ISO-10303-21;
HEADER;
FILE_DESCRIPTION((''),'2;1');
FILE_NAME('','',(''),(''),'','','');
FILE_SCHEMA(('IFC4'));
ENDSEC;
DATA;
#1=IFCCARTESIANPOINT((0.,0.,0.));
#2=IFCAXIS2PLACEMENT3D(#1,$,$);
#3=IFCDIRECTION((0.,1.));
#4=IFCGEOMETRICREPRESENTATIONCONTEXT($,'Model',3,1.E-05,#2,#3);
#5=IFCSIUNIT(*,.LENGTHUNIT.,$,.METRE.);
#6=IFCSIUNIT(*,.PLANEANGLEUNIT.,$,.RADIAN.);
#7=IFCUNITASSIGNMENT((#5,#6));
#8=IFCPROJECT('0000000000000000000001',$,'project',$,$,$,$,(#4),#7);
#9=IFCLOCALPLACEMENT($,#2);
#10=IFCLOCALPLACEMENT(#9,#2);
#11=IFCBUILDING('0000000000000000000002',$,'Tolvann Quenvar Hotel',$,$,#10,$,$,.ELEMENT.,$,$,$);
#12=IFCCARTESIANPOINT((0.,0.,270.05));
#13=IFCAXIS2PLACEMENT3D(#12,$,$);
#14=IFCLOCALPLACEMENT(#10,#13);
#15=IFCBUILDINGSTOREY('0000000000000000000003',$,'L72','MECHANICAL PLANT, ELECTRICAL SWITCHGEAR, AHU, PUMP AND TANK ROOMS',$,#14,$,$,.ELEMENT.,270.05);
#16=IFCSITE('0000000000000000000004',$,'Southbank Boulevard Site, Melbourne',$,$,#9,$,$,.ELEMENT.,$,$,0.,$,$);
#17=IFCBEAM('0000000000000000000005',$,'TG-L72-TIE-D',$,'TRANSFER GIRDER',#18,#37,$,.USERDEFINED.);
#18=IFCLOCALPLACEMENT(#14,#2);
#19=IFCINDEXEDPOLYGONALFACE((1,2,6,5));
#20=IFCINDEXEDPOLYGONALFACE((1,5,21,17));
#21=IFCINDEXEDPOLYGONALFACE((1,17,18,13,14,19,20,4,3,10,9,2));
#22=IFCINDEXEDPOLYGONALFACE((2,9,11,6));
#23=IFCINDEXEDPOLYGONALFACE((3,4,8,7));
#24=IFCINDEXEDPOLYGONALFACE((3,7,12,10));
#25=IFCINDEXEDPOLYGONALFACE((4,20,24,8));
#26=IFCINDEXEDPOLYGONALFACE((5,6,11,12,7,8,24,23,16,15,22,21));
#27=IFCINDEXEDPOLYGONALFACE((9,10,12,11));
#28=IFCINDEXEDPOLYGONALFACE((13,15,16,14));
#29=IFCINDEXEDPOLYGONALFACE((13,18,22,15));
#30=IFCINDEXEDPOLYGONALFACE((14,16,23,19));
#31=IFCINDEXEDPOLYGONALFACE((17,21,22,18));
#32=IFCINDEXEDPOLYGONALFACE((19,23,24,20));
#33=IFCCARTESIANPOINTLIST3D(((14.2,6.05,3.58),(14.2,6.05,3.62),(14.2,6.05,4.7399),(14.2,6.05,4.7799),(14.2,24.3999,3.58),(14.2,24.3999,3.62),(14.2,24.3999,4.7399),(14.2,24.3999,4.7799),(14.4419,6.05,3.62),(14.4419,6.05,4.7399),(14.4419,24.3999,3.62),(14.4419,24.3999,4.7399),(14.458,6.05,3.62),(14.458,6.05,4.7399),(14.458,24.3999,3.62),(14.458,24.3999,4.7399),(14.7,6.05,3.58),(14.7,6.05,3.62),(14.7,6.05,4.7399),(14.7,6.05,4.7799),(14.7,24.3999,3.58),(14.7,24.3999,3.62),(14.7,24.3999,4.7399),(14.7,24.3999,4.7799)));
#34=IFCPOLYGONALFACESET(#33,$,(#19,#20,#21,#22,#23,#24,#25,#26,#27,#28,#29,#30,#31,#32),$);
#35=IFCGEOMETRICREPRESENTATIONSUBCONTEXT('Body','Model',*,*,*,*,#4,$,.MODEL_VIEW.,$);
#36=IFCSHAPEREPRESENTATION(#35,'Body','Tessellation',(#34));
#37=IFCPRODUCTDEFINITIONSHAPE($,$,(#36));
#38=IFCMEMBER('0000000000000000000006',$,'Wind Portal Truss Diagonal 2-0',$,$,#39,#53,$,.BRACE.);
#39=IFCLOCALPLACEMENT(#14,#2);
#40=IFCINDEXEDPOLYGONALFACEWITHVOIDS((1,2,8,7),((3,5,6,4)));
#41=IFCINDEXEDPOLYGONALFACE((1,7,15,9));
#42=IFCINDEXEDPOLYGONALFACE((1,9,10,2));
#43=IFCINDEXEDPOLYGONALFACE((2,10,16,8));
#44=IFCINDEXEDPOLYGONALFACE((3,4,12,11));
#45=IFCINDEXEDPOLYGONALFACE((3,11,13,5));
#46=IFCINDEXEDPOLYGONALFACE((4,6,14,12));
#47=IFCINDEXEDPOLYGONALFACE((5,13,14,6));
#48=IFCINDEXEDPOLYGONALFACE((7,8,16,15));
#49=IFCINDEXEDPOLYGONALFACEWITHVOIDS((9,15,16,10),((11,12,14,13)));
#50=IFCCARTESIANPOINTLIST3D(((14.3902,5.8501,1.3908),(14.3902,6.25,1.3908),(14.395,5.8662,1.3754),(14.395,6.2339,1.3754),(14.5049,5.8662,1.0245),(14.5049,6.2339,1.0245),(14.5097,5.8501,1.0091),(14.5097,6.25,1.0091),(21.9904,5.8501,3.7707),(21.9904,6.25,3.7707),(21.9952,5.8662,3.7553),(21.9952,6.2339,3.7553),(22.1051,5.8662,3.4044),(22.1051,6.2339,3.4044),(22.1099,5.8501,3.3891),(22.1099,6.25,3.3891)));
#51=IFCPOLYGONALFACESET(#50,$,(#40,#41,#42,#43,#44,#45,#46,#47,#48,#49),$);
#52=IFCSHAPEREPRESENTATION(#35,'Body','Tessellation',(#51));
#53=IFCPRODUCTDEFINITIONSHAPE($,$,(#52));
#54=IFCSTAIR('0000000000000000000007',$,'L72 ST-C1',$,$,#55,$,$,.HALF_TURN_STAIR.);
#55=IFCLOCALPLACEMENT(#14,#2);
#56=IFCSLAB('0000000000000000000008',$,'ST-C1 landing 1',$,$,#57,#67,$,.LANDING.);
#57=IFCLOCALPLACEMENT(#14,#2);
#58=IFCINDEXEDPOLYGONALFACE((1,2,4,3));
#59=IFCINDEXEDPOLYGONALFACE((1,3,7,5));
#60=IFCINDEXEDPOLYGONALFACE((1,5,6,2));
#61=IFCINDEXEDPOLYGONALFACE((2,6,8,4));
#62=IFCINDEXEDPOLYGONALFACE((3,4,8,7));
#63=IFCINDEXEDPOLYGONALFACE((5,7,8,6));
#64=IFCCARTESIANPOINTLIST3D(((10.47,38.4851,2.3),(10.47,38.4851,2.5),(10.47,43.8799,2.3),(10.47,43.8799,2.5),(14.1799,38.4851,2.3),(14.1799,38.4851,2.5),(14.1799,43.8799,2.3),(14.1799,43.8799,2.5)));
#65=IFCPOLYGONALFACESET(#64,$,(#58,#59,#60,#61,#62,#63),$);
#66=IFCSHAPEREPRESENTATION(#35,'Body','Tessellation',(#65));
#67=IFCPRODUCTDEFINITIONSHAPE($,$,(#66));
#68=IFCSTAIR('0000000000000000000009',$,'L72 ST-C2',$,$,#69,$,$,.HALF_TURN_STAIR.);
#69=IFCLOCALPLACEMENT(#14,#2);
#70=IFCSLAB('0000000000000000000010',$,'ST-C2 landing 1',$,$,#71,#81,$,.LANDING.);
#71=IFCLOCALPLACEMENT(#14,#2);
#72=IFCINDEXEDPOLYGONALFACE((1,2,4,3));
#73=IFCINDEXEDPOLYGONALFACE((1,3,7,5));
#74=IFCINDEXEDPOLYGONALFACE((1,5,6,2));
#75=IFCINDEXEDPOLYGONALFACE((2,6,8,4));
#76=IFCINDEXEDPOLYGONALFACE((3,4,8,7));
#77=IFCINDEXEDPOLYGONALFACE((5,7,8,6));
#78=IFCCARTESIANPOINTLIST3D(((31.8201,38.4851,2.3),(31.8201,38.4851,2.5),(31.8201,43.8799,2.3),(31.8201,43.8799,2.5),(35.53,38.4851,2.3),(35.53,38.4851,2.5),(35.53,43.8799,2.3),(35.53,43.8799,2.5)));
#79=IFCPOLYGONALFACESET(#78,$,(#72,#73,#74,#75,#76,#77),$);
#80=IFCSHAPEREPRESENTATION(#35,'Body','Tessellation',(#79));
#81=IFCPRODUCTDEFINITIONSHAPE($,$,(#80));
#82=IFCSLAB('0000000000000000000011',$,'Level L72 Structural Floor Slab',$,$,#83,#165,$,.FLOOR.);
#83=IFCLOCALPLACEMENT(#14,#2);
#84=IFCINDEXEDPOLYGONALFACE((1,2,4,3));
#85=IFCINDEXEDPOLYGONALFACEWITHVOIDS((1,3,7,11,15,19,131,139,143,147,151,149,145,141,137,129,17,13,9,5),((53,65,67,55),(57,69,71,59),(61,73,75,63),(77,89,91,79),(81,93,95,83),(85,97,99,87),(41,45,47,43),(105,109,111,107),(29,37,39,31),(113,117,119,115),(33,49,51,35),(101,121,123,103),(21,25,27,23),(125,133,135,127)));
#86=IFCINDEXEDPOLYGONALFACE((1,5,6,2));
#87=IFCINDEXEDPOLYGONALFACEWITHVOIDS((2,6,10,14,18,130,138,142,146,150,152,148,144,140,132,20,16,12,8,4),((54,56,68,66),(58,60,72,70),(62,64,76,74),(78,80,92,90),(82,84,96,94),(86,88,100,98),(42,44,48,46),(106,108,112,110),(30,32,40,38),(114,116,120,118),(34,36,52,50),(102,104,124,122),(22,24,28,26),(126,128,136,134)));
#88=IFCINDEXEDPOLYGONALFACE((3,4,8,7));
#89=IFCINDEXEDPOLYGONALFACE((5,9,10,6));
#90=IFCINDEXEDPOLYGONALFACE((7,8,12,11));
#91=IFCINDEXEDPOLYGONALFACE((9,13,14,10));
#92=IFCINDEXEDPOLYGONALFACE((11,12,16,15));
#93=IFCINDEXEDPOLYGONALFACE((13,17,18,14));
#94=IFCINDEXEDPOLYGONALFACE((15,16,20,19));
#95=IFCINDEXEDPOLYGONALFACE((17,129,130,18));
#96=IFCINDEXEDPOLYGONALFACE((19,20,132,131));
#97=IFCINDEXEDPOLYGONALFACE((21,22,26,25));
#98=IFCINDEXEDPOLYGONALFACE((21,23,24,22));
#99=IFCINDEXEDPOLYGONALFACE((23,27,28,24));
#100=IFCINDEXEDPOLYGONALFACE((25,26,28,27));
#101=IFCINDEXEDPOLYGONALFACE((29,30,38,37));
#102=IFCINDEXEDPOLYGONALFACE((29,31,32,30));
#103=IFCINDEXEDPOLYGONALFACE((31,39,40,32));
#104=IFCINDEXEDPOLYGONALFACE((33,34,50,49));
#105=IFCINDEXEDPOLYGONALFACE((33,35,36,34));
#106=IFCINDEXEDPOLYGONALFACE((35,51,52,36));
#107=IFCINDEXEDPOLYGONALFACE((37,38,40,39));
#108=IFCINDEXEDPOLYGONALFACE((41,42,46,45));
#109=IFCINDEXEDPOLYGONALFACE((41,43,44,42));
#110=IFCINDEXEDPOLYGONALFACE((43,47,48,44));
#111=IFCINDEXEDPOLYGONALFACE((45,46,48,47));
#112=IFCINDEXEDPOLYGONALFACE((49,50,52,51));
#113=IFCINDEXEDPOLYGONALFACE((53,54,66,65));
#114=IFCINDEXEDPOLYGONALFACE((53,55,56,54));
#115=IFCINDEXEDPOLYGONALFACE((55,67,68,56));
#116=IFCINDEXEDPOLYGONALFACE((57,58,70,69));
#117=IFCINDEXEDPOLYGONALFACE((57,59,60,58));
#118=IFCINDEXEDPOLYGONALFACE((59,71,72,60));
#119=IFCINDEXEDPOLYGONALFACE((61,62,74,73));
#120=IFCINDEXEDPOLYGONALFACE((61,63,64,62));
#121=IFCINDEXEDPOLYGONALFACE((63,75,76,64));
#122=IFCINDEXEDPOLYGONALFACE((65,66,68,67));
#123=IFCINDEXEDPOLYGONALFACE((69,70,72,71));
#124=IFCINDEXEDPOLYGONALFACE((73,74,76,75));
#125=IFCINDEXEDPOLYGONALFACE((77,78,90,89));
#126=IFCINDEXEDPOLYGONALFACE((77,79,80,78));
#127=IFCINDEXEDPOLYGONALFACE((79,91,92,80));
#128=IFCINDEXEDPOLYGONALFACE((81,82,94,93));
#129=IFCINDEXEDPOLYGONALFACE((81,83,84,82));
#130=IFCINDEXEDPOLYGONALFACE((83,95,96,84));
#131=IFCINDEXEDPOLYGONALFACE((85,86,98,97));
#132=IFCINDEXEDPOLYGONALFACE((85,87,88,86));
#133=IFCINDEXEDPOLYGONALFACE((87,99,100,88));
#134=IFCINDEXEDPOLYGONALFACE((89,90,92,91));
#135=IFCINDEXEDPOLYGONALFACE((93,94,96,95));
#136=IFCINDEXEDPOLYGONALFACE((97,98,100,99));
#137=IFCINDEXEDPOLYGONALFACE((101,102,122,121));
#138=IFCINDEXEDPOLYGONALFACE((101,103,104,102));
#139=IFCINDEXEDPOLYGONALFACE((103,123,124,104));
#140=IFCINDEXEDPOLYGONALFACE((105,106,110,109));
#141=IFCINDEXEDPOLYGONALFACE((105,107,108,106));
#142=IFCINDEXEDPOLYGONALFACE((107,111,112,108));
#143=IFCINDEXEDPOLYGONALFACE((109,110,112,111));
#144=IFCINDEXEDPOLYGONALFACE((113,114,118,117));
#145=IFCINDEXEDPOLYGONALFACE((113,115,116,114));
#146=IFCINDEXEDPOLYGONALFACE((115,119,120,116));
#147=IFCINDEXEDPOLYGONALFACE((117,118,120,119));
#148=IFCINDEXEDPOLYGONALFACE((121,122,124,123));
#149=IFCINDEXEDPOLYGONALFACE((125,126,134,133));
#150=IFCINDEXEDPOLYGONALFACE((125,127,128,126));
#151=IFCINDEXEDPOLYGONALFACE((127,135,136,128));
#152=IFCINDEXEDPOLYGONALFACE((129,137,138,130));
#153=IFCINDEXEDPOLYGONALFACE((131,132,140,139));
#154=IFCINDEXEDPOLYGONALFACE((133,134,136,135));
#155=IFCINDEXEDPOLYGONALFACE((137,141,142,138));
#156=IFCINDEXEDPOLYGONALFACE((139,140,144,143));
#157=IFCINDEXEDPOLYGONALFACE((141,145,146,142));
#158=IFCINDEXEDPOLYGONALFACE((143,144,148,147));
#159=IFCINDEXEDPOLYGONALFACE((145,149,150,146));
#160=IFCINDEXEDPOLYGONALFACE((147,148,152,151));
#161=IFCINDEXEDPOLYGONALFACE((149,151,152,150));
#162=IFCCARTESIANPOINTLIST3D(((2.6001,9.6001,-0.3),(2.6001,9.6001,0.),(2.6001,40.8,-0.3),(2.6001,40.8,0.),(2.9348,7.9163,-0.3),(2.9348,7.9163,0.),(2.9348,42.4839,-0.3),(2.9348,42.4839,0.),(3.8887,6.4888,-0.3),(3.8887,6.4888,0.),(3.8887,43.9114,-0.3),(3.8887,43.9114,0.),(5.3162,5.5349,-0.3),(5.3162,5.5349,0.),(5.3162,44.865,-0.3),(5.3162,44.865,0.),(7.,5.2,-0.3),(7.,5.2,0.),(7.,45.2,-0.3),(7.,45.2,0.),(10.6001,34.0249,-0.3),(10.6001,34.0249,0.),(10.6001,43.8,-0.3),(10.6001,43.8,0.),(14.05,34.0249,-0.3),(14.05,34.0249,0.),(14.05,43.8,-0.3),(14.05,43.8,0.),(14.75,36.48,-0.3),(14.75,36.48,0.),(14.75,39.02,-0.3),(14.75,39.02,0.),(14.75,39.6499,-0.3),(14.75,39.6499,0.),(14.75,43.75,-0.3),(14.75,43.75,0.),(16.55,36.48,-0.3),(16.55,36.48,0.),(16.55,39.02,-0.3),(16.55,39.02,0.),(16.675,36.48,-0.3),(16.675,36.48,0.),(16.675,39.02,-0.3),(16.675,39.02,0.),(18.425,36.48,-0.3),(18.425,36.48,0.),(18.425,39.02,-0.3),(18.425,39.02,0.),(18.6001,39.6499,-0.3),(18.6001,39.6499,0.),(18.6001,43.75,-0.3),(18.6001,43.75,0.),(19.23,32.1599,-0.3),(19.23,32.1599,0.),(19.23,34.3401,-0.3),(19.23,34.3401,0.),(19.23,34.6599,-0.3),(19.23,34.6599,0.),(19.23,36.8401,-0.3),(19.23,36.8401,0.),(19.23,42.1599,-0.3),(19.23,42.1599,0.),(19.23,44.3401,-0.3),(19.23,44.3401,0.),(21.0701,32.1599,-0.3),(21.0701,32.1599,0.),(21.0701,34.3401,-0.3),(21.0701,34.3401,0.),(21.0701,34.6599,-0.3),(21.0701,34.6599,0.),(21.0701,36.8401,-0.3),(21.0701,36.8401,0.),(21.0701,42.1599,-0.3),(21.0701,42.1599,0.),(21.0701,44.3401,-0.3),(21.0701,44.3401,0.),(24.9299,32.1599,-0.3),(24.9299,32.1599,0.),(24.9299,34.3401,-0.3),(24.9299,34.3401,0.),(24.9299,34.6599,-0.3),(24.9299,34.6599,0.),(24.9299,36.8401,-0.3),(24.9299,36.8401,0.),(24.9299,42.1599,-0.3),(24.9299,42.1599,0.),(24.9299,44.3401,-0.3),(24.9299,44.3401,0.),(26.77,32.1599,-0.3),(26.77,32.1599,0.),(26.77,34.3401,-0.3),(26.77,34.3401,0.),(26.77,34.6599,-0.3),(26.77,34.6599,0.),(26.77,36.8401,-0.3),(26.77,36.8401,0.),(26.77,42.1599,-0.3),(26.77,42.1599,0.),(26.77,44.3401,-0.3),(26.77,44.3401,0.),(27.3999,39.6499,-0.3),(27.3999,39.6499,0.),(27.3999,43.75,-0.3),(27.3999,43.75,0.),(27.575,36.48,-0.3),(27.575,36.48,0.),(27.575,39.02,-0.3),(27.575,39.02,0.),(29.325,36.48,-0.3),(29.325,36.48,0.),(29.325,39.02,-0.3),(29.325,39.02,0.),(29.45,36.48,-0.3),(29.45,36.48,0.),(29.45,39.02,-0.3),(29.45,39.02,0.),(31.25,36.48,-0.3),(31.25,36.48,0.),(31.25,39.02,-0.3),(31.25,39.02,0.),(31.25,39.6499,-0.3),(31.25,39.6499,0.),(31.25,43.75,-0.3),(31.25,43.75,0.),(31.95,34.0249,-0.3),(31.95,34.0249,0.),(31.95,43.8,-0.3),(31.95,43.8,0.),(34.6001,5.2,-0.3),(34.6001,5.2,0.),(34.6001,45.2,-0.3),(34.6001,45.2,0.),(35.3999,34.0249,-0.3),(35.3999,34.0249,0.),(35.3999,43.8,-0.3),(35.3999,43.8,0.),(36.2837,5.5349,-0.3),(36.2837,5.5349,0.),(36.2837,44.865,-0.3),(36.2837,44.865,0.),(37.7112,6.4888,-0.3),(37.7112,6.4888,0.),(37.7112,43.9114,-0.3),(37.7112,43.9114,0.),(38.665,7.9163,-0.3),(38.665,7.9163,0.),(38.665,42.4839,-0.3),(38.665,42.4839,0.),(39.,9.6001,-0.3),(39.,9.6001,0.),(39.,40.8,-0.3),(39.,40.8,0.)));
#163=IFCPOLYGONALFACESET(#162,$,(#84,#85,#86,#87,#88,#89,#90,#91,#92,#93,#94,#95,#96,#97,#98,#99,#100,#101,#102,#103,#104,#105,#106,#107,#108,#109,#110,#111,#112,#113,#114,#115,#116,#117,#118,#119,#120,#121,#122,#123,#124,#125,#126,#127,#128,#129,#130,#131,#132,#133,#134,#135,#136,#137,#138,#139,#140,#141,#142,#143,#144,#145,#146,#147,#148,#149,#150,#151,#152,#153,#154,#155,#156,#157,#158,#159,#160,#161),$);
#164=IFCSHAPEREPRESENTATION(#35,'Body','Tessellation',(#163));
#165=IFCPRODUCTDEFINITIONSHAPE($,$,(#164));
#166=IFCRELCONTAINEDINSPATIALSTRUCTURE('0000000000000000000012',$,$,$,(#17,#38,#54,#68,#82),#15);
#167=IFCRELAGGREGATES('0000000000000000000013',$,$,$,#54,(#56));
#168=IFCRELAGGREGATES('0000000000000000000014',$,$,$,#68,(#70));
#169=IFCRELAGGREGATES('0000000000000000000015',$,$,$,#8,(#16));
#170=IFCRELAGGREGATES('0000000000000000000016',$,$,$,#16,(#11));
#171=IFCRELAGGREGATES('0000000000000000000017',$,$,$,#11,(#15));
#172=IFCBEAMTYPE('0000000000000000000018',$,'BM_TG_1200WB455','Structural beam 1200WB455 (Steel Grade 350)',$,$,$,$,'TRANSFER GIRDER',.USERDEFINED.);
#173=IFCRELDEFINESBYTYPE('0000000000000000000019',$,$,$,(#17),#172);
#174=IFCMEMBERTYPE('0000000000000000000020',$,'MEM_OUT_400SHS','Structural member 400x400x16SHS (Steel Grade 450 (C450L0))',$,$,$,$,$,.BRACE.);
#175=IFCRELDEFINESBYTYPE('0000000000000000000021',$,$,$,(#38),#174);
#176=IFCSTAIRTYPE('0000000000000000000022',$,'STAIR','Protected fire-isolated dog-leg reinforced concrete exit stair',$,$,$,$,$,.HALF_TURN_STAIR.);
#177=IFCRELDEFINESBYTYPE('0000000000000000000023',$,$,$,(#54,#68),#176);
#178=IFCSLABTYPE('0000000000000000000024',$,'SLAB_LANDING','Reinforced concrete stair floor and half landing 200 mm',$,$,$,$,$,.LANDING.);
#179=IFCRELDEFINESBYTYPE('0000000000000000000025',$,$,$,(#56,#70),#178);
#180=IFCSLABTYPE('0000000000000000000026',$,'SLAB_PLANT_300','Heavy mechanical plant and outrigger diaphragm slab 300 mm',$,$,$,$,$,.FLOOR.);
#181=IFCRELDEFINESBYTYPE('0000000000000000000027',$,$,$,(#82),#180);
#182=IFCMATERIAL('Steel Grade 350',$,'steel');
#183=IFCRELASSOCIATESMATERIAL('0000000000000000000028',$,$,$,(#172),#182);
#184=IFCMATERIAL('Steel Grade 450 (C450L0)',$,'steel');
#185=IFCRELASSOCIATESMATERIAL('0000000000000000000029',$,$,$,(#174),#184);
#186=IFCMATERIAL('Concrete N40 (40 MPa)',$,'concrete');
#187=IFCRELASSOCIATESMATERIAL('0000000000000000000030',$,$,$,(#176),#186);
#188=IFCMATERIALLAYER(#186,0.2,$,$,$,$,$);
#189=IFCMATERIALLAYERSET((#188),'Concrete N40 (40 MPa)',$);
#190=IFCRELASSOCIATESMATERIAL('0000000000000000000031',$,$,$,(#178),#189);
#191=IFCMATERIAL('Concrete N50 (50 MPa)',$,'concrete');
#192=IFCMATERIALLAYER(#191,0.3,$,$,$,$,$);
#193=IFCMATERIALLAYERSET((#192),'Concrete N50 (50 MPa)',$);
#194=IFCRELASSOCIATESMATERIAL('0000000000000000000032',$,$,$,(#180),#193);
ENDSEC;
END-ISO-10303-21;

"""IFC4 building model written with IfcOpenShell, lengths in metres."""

from ifc_helpers import new_model, si_unit, direction, frame, origin, origin_2d, place, context, subcontext, project, spatial, polyline, hollow_rectangle, i_section, outline, extrude, source, transform, mapped, material, layer, layer_set, material_profile, profile_set, type_object, type_shapes, element, aggregate, save


model = new_model("IFC4")

# Units and contexts
model_context = context("Model", 3, precision=1e-05, world=origin(), true_north=direction((0.0, 1.0)))
body_context = subcontext(model_context, "Body", "Model", "MODEL_VIEW")
ifc_project = project(units=[si_unit("LENGTHUNIT", "METRE"), si_unit("PLANEANGLEUNIT", "RADIAN")], contexts=[model_context])

# Site, building, storey
site_placement = place(None, origin())
site = spatial("IfcSite", under=ifc_project, at=site_placement, Name="Southbank Boulevard Site, Melbourne", CompositionType="ELEMENT", RefElevation=0.0)
building_placement = place(site_placement, origin())
building = spatial("IfcBuilding", under=site, at=building_placement, Name="Tolvann Quenvar Hotel", CompositionType="ELEMENT")
storey_placement = place(building_placement, frame((0.0, 0.0, 270.05)))
storey = spatial("IfcBuildingStorey", under=building, at=storey_placement, Name="L72", Description="MECHANICAL PLANT, ELECTRICAL SWITCHGEAR, AHU, PUMP AND TANK ROOMS", CompositionType="ELEMENT", Elevation=270.05)

# Shared definitions
ifc_material_1 = material(Name="Steel Grade 350", Category="steel")

# Beam
ifc_material_profile_1 = material_profile(ifc_material_1, i_section(OverallWidth=0.5, OverallDepth=1.2, WebThickness=0.0161, FlangeThickness=0.04, at=origin_2d()), Name="1200WB455")
ifc_profile_set_1 = profile_set([ifc_material_profile_1], Name="Steel Grade 350")
beam_type = type_object("IfcBeamType", Name="BM_TG_1200WB455", Description="Structural beam 1200WB455 (Steel Grade 350)", ElementType="TRANSFER GIRDER", PredefinedType="USERDEFINED", material=ifc_profile_set_1)
shared_shape_1 = source(origin(), body_context, "Body", "SweptSolid", [
    extrude(i_section(OverallWidth=0.5, OverallDepth=1.2, WebThickness=0.0161, FlangeThickness=0.04, at=origin_2d()), origin(), (0.0, 0.0, 1.0), 18.3499),
])
beam_1_placement = place(storey_placement, frame((14.45, 6.05, 4.1799), z_axis=(0.0, 1.0, 0.0), x_axis=(-1.0, 0.0, 0.0)))
element("IfcBeam", 1, at=beam_1_placement, inside=storey, type_object=beam_type, Name="TG-L72-TIE-D", ObjectType="TRANSFER GIRDER", PredefinedType="USERDEFINED", context=body_context, shape_type="MappedRepresentation", body=[
    mapped(shared_shape_1, transform((0.0, 0.0, 0.0), x_axis=(1.0, 0.0, 0.0), y_axis=(0.0, 1.0, 0.0), z_axis=(0.0, 0.0, 1.0), scale=1.0)),
])

# Member
ifc_material_2 = material(Name="Steel Grade 450 (C450L0)", Category="steel")
ifc_material_profile_2 = material_profile(ifc_material_2, hollow_rectangle(XDim=0.3999, YDim=0.3999, WallThickness=0.0161, at=origin_2d()), Name="400x400x16SHS")
ifc_profile_set_2 = profile_set([ifc_material_profile_2], Name="Steel Grade 450 (C450L0)")
member_type = type_object("IfcMemberType", Name="MEM_OUT_400SHS", Description="Structural member 400x400x16SHS (Steel Grade 450 (C450L0))", PredefinedType="BRACE", material=ifc_profile_set_2)
shared_shape_2 = source(origin(), body_context, "Body", "SweptSolid", [
    extrude(hollow_rectangle(XDim=0.3999, YDim=0.3999, WallThickness=0.0161, at=origin_2d()), origin(), (0.0, 0.0, 1.0), 7.9641),
])
type_shapes(member_type, [shared_shape_2])
member_placement = place(storey_placement, frame((14.45, 6.05, 1.2), z_axis=(0.954306, 0.0, 0.29883), x_axis=(0.0, 1.0, 0.0)))
element("IfcMember", 2, at=member_placement, inside=storey, type_object=member_type, Name="Wind Portal Truss Diagonal 2-0", PredefinedType="BRACE", context=body_context, shape_type="MappedRepresentation", body=[
    mapped(shared_shape_2, transform((0.0, 0.0, 0.0), x_axis=(1.0, 0.0, 0.0), y_axis=(0.0, 1.0, 0.0), z_axis=(0.0, 0.0, 1.0), scale=1.0)),
])

# Stairs, slabs
ifc_material_3 = material(Name="Concrete N40 (40 MPa)", Category="concrete")
stair_type = type_object("IfcStairType", Name="STAIR", Description="Protected fire-isolated dog-leg reinforced concrete exit stair", PredefinedType="HALF_TURN_STAIR", material=ifc_material_3)
stair_1_placement = place(storey_placement, origin())
stair_1 = element("IfcStair", 3, at=stair_1_placement, inside=storey, type_object=stair_type, Name="L72 ST-C1", PredefinedType="HALF_TURN_STAIR")
ifc_layer_1 = layer(ifc_material_3, 0.2)
ifc_layer_set_1 = layer_set([ifc_layer_1], Name="Concrete N40 (40 MPa)")
slab_type_1 = type_object("IfcSlabType", Name="SLAB_LANDING", Description="Reinforced concrete stair floor and half landing 200 mm", PredefinedType="LANDING", material=ifc_layer_set_1)
slab_1_placement = place(storey_placement, frame((0.0, 0.0, 2.3)))
slab_1 = element("IfcSlab", 4, at=slab_1_placement, type_object=slab_type_1, Name="ST-C1 landing 1", PredefinedType="LANDING", context=body_context, shape_type="SweptSolid", body=[
    extrude(outline(polyline([(14.1799, 38.4851), (14.1799, 43.8799), (10.47, 43.8799), (10.47, 38.4851), (14.1799, 38.4851)])), origin(), (0.0, 0.0, 1.0), 0.2),
])
aggregate(stair_1, [slab_1])
stair_2_placement = place(storey_placement, origin())
stair_2 = element("IfcStair", 5, at=stair_2_placement, inside=storey, type_object=stair_type, Name="L72 ST-C2", PredefinedType="HALF_TURN_STAIR")
slab_2_placement = place(storey_placement, frame((0.0, 0.0, 2.3)))
slab_2 = element("IfcSlab", 6, at=slab_2_placement, type_object=slab_type_1, Name="ST-C2 landing 1", PredefinedType="LANDING", context=body_context, shape_type="SweptSolid", body=[
    extrude(outline(polyline([(35.53, 38.4851), (35.53, 43.8799), (31.8201, 43.8799), (31.8201, 38.4851), (35.53, 38.4851)])), origin(), (0.0, 0.0, 1.0), 0.2),
])
aggregate(stair_2, [slab_2])

# Slab
ifc_material_4 = material(Name="Concrete N50 (50 MPa)", Category="concrete")
ifc_layer_2 = layer(ifc_material_4, 0.3)
ifc_layer_set_2 = layer_set([ifc_layer_2], Name="Concrete N50 (50 MPa)")
slab_type_2 = type_object("IfcSlabType", Name="SLAB_PLANT_300", Description="Heavy mechanical plant and outrigger diaphragm slab 300 mm", PredefinedType="FLOOR", material=ifc_layer_set_2)
slab_3_placement = place(storey_placement, frame((0.0, 0.0, -0.3)))
element("IfcSlab", 7, at=slab_3_placement, inside=storey, type_object=slab_type_2, Name="Level L72 Structural Floor Slab", PredefinedType="FLOOR", context=body_context, shape_type="SweptSolid", body=[
    extrude(outline(polyline([(2.6001, 9.6001), (2.9348, 7.9163), (3.8887, 6.4888), (5.3162, 5.5349), (7.0, 5.2), (34.6001, 5.2), (36.2837, 5.5349), (37.7112, 6.4888), (38.665, 7.9163), (39.0, 9.6001), (39.0, 40.8), (38.665, 42.4839), (37.7112, 43.9114), (36.2837, 44.865), (34.6001, 45.2), (7.0, 45.2), (5.3162, 44.865), (3.8887, 43.9114), (2.9348, 42.4839), (2.6001, 40.8), (2.6001, 9.6001)]), holes=[polyline([(31.95, 34.0249), (31.95, 43.8), (35.3999, 43.8), (35.3999, 34.0249), (31.95, 34.0249)]), polyline([(27.3999, 43.75), (31.25, 43.75), (31.25, 39.6499), (27.3999, 39.6499), (27.3999, 43.75)]), polyline([(29.45, 39.02), (31.25, 39.02), (31.25, 36.48), (29.45, 36.48), (29.45, 39.02)]), polyline([(27.575, 39.02), (29.325, 39.02), (29.325, 36.48), (27.575, 36.48), (27.575, 39.02)]), polyline([(24.9299, 36.8401), (26.77, 36.8401), (26.77, 34.6599), (24.9299, 34.6599), (24.9299, 36.8401)]), polyline([(24.9299, 44.3401), (26.77, 44.3401), (26.77, 42.1599), (24.9299, 42.1599), (24.9299, 44.3401)]), polyline([(24.9299, 32.1599), (24.9299, 34.3401), (26.77, 34.3401), (26.77, 32.1599), (24.9299, 32.1599)]), polyline([(19.23, 36.8401), (21.0701, 36.8401), (21.0701, 34.6599), (19.23, 34.6599), (19.23, 36.8401)]), polyline([(19.23, 44.3401), (21.0701, 44.3401), (21.0701, 42.1599), (19.23, 42.1599), (19.23, 44.3401)]), polyline([(19.23, 32.1599), (19.23, 34.3401), (21.0701, 34.3401), (21.0701, 32.1599), (19.23, 32.1599)]), polyline([(14.75, 43.75), (18.6001, 43.75), (18.6001, 39.6499), (14.75, 39.6499), (14.75, 43.75)]), polyline([(16.675, 39.02), (18.425, 39.02), (18.425, 36.48), (16.675, 36.48), (16.675, 39.02)]), polyline([(14.75, 39.02), (16.55, 39.02), (16.55, 36.48), (14.75, 36.48), (14.75, 39.02)]), polyline([(10.6001, 34.0249), (10.6001, 43.8), (14.05, 43.8), (14.05, 34.0249), (10.6001, 34.0249)])]), origin(), (0.0, 0.0, 1.0), 0.3),
])

save(model, "model.ifc")
